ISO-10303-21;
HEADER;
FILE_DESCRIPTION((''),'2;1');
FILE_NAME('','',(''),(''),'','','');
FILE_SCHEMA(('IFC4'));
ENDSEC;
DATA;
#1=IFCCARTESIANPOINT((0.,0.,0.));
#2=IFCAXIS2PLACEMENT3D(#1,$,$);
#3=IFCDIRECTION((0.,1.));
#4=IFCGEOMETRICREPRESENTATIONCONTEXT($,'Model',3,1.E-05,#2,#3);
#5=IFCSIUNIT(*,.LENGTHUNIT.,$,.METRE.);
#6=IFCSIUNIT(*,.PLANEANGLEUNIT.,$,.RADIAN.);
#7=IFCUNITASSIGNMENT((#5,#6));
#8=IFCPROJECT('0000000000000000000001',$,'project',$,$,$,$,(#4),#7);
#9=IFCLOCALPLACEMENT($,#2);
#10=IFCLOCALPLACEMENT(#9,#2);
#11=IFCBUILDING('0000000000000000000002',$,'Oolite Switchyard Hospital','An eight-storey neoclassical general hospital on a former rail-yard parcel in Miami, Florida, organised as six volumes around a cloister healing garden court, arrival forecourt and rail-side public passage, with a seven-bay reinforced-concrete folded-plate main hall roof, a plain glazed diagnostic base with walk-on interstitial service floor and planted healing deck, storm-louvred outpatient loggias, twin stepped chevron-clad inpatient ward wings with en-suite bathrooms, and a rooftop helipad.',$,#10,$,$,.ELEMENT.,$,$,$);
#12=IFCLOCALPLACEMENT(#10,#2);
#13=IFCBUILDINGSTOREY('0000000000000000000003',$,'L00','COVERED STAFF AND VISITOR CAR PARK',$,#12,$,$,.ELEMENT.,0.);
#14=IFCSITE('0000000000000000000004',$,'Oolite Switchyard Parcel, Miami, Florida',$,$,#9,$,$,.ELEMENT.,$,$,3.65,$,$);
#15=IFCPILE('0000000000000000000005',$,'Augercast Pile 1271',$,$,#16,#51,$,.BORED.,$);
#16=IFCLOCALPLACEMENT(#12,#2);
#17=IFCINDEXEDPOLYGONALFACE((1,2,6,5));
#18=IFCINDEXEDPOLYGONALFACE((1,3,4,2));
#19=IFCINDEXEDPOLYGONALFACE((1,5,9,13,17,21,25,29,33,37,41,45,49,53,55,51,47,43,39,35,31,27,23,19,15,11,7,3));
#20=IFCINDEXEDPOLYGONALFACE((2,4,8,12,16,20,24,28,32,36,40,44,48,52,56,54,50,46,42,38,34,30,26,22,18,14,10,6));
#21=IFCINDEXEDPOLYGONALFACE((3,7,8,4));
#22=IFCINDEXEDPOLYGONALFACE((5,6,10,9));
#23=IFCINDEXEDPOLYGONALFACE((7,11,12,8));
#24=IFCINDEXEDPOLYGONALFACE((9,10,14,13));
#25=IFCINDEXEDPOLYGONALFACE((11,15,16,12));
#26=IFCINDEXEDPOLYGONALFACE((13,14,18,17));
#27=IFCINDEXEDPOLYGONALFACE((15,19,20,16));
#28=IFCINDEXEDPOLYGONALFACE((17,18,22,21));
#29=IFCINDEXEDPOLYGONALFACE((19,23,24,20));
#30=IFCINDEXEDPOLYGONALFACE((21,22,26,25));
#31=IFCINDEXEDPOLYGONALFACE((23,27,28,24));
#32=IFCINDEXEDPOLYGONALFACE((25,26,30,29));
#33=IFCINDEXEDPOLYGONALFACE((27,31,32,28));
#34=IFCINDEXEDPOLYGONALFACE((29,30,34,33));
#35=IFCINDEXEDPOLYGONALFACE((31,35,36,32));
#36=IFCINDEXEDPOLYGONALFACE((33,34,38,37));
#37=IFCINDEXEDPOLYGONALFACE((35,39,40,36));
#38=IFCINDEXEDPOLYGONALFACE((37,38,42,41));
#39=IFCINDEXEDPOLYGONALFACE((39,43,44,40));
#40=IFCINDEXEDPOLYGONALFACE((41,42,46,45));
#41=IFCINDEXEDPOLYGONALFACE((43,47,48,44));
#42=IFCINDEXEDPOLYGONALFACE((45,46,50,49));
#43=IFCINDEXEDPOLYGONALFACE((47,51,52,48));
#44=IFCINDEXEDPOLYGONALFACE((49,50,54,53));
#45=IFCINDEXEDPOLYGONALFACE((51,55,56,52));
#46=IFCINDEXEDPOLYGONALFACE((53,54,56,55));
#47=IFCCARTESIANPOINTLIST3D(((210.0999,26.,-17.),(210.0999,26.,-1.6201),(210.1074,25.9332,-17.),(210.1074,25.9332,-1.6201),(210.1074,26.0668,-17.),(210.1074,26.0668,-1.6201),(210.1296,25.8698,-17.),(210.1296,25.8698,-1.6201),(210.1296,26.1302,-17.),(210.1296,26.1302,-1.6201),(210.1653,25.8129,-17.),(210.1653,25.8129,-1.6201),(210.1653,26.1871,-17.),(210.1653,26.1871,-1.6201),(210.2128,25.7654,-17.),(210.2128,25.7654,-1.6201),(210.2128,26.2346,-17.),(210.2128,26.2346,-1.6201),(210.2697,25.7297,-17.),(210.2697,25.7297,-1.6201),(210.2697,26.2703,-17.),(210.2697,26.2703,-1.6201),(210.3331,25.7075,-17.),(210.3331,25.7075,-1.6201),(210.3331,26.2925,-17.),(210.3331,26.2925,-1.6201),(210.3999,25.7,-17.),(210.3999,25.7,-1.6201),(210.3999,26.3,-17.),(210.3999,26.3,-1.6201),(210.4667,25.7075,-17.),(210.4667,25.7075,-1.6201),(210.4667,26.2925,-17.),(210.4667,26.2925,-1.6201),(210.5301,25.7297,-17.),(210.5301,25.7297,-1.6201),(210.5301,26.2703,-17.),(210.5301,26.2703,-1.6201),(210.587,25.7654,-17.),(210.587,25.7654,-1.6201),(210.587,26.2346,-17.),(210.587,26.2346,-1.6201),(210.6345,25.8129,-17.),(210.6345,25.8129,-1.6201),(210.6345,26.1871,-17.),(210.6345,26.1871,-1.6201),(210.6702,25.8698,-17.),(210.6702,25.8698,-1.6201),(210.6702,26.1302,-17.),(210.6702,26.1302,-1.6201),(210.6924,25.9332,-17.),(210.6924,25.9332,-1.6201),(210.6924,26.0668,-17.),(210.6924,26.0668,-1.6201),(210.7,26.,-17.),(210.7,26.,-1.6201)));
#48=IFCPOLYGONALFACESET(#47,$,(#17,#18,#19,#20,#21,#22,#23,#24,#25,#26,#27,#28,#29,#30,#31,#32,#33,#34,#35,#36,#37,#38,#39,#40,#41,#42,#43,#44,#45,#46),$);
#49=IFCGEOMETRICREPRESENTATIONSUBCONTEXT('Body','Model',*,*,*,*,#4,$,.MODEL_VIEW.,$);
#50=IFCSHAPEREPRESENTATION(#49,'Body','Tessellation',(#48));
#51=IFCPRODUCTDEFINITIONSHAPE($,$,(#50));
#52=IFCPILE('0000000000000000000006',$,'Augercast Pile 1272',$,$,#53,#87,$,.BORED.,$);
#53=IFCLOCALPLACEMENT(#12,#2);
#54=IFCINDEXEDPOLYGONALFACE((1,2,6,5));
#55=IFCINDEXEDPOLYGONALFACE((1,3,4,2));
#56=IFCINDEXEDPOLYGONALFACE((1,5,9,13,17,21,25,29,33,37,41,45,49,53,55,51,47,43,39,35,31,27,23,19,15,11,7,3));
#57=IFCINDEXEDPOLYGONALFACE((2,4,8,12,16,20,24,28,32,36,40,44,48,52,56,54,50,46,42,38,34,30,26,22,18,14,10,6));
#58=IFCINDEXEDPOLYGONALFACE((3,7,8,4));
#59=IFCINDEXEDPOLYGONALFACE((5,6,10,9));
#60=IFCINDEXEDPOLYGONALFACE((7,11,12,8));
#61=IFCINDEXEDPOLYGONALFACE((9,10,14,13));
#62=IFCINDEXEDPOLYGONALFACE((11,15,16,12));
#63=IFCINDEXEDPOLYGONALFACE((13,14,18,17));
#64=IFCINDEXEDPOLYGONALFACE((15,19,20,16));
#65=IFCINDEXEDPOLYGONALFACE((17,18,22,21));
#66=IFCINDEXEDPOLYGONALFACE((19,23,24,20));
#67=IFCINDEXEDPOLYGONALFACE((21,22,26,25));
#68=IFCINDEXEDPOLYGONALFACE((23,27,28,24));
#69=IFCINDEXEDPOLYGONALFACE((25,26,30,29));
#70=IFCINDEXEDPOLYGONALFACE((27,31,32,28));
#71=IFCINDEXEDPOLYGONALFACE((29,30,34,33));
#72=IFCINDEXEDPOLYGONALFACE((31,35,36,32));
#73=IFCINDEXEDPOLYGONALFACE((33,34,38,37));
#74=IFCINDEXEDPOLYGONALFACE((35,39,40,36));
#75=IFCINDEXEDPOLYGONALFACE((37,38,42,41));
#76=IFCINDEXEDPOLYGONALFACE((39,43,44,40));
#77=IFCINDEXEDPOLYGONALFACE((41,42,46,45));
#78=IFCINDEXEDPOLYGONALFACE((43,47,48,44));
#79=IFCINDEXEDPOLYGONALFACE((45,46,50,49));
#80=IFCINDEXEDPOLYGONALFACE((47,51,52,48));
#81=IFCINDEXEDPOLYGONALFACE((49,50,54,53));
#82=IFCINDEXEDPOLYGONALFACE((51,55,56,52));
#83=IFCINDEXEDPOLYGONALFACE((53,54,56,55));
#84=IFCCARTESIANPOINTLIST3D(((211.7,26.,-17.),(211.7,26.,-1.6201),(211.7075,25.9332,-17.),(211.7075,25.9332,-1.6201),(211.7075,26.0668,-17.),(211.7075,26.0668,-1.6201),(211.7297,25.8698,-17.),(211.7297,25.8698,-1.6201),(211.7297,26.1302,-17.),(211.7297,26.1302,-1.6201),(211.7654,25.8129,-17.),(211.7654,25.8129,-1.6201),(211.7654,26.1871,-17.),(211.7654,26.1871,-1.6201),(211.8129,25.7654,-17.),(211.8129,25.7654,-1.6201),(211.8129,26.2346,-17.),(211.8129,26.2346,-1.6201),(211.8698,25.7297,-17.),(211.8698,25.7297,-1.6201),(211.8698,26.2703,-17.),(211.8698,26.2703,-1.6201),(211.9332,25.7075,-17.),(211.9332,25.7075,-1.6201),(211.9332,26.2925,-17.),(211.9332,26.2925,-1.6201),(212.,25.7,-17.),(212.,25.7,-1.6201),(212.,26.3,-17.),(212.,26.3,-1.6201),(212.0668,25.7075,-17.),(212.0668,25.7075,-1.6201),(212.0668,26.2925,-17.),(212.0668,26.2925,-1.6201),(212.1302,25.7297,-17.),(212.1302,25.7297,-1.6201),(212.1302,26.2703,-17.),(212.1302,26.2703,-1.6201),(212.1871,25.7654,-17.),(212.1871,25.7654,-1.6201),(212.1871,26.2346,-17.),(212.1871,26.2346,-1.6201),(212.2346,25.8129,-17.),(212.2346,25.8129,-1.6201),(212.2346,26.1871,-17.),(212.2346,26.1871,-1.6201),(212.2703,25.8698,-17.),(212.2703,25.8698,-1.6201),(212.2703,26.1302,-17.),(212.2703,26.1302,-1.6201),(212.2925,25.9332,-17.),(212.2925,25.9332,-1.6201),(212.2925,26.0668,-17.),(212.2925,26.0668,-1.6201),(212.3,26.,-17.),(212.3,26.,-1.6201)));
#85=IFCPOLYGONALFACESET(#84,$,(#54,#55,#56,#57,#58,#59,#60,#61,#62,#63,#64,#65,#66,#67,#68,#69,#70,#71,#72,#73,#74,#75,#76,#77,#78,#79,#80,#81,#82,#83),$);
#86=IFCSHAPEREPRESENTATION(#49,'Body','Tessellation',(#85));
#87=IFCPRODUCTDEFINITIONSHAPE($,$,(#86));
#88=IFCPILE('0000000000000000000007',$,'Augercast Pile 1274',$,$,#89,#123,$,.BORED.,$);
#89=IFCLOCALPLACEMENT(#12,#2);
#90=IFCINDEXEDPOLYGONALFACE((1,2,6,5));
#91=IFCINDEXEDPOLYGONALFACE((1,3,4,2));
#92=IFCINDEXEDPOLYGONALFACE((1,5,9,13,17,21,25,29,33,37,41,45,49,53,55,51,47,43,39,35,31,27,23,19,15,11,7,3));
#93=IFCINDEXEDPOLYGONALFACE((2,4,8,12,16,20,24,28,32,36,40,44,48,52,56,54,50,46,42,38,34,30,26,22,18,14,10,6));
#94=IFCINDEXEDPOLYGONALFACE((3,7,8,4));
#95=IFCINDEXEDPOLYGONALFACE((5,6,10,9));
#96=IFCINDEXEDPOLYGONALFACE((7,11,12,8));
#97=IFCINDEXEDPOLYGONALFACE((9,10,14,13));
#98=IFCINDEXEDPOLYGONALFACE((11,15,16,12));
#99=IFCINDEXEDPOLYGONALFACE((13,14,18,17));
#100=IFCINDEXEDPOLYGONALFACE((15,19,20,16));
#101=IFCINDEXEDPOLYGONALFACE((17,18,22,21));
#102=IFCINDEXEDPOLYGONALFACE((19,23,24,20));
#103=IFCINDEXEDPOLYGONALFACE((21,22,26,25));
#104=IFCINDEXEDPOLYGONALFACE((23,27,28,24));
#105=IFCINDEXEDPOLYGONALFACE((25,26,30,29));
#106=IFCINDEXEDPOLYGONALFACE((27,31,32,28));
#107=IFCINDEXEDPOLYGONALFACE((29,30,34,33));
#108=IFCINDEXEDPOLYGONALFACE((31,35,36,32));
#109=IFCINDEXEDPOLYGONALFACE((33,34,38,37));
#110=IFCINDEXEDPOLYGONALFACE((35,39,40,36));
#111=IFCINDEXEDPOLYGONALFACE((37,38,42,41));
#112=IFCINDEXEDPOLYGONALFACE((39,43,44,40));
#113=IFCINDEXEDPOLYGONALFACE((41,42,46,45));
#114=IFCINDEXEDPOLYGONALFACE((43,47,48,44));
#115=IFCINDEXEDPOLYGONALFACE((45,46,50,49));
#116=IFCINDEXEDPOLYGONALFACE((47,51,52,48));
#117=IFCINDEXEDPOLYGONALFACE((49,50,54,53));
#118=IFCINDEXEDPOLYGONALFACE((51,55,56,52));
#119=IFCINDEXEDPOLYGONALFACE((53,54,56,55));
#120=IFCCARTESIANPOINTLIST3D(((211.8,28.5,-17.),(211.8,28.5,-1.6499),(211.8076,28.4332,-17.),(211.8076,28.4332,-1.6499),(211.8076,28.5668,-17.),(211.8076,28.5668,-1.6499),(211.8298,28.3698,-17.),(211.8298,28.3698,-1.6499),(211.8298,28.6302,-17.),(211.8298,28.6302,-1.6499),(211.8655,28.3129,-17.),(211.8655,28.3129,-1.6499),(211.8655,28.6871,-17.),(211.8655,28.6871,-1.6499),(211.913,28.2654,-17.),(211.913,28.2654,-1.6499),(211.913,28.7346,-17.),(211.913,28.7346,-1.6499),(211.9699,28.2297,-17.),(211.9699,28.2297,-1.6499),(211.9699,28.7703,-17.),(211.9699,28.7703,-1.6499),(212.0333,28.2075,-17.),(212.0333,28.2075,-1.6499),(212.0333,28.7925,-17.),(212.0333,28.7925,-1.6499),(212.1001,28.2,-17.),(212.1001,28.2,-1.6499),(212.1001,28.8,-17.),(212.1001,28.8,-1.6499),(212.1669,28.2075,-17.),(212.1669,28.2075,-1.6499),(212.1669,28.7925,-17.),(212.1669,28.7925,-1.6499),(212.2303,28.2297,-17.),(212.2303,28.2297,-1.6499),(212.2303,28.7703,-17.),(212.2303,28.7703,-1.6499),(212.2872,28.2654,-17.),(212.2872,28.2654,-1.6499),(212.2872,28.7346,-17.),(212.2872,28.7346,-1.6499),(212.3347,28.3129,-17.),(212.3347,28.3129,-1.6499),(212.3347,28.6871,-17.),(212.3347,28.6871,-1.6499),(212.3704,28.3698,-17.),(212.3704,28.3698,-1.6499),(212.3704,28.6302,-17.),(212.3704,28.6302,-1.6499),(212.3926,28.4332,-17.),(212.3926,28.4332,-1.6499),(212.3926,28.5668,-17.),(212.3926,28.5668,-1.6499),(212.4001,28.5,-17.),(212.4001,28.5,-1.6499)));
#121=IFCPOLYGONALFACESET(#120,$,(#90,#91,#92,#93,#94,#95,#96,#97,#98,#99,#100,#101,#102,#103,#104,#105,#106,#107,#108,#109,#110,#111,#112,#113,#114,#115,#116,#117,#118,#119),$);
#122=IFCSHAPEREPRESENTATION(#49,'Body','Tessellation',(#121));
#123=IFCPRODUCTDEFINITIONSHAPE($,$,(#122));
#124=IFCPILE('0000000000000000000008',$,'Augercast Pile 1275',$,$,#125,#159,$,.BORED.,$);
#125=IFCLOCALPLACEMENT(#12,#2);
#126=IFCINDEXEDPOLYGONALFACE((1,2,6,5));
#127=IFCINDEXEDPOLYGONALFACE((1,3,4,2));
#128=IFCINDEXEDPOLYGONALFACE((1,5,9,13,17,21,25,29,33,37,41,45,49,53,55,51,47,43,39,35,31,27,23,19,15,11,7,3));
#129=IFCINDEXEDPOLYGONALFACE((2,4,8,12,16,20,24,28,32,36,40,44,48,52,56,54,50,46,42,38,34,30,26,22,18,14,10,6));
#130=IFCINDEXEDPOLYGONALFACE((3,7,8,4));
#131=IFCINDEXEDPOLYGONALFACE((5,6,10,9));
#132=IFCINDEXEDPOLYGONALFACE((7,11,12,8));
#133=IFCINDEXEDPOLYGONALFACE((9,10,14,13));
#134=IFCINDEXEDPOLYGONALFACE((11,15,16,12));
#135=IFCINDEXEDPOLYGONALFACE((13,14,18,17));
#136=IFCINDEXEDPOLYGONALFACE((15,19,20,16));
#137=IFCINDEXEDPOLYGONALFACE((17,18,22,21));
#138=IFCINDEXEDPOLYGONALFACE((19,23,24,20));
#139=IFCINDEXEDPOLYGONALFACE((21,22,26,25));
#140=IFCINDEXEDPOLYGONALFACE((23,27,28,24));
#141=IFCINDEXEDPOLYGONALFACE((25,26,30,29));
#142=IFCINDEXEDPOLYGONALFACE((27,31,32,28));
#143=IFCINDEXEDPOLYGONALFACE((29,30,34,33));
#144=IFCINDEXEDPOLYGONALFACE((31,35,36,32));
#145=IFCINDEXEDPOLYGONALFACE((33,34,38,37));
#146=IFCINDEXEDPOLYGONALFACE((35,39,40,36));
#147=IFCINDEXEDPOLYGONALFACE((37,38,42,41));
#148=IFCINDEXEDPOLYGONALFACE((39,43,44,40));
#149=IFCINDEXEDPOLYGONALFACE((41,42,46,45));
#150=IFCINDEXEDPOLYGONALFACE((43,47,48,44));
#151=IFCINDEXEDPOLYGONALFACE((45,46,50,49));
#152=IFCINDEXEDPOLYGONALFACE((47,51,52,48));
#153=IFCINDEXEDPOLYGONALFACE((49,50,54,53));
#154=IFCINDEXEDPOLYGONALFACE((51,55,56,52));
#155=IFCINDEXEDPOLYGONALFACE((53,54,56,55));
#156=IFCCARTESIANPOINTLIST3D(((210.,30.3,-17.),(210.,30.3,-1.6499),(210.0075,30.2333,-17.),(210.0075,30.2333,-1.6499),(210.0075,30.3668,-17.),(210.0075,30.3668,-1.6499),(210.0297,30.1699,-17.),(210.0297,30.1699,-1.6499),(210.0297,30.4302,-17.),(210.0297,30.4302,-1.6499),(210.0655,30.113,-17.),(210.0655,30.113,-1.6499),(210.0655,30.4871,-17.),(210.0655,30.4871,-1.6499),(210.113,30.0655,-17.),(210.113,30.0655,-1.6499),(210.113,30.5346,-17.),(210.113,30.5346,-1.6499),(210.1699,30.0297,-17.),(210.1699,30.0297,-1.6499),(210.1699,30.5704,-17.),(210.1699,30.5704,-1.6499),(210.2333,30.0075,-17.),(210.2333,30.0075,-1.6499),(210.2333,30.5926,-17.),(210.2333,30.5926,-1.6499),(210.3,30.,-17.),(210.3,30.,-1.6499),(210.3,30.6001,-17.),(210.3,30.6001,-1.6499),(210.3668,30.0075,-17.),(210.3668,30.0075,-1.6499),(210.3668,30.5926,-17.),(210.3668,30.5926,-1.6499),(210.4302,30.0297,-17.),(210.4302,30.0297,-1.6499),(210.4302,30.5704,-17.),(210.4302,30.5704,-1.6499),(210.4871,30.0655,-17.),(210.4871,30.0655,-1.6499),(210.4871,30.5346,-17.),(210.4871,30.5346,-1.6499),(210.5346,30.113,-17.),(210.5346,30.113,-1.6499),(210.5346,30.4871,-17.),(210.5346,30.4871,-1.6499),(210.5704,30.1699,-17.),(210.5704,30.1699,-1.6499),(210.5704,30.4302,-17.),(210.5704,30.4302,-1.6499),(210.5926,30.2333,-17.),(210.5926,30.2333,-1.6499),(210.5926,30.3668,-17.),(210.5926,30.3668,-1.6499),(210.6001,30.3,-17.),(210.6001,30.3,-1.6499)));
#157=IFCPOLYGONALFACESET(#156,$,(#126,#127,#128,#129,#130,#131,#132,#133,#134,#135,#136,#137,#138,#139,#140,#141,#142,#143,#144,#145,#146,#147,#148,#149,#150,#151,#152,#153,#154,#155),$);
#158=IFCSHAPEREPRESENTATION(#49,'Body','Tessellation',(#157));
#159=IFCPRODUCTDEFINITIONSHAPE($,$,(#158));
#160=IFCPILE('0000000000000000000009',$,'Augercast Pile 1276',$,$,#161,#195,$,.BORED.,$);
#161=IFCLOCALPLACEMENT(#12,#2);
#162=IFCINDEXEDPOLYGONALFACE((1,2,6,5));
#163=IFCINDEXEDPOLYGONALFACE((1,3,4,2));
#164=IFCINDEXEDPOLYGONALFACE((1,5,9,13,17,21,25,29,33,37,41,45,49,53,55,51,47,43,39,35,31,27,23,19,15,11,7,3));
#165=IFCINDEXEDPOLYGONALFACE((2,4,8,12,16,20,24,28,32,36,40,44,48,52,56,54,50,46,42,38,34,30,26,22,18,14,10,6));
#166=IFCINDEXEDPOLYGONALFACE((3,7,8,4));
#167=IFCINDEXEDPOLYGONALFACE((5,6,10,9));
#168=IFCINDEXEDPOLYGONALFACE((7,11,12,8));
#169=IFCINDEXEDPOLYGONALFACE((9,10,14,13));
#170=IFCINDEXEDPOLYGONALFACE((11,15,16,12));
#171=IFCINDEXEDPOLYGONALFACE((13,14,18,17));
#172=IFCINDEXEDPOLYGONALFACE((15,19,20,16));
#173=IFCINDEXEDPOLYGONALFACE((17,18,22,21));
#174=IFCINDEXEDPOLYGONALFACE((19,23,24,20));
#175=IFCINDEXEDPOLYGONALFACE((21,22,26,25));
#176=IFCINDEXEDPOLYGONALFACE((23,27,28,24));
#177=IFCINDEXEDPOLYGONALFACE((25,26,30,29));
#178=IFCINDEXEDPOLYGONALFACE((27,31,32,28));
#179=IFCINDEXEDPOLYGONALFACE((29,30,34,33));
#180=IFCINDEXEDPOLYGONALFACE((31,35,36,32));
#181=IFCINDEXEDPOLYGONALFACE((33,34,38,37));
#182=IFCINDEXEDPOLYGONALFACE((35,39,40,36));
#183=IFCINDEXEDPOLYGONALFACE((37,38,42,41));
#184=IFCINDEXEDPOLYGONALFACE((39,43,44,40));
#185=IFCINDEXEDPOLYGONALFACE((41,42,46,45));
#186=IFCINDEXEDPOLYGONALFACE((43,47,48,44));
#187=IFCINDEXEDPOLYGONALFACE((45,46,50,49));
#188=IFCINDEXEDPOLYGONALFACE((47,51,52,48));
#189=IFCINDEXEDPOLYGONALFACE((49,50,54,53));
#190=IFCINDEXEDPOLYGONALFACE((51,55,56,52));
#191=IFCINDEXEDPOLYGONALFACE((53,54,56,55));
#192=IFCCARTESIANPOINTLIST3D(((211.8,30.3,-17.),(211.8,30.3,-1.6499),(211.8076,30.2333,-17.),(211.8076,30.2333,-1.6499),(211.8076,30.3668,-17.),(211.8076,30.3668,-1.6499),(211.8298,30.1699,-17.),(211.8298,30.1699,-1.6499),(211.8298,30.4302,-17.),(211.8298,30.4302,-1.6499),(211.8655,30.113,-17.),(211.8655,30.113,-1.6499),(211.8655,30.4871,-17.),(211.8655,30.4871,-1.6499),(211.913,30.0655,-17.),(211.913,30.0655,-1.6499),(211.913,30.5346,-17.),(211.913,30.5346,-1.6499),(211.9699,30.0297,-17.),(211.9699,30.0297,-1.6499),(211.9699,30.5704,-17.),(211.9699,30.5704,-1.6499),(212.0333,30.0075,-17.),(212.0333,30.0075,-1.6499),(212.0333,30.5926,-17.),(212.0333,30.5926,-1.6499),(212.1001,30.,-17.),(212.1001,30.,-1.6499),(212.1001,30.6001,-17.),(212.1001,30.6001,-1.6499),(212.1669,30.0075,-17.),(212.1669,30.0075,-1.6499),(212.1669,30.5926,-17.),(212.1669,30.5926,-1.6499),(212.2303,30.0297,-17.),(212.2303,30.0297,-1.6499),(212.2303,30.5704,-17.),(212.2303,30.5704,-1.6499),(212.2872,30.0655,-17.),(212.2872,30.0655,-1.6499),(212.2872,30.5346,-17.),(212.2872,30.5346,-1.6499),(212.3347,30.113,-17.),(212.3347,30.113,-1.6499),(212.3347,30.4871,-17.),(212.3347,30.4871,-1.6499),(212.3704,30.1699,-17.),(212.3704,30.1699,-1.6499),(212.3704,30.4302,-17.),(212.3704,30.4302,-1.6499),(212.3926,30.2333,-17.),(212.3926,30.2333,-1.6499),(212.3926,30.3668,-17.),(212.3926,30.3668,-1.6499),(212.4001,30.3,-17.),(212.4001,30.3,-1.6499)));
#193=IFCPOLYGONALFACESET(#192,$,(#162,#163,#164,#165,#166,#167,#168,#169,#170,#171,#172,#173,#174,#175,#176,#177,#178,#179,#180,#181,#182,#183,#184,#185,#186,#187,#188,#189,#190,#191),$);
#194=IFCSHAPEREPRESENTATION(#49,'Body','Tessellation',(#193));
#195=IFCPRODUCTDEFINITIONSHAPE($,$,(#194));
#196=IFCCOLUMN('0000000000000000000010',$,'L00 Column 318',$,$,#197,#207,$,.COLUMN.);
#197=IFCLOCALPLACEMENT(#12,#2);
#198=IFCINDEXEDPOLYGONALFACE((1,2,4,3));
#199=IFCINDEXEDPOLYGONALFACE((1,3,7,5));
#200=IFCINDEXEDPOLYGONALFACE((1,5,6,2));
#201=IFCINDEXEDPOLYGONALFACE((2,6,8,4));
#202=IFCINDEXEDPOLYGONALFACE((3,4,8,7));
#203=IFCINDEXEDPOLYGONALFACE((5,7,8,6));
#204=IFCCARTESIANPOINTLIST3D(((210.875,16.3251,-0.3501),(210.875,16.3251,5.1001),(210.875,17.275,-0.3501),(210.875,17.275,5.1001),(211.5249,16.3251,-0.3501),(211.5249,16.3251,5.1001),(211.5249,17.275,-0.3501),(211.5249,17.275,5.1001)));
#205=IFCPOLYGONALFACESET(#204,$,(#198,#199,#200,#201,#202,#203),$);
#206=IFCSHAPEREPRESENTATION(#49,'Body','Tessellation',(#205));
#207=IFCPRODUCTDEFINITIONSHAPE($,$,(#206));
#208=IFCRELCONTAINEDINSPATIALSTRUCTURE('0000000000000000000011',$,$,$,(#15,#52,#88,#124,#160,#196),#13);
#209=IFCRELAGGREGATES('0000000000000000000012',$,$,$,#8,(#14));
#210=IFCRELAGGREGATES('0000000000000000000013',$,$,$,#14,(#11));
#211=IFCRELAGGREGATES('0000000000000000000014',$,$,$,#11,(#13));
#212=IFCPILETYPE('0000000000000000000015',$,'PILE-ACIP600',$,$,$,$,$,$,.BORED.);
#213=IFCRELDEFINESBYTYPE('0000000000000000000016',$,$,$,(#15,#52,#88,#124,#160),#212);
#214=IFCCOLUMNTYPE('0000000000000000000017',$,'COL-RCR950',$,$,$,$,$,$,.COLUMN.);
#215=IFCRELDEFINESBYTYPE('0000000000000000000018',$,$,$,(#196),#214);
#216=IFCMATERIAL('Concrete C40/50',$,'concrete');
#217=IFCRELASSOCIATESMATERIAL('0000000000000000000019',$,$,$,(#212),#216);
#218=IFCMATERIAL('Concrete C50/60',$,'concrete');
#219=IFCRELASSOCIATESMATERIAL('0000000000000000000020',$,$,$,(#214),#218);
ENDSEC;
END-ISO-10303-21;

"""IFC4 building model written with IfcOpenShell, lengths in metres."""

from ifc_helpers import new_model, si_unit, direction, frame, origin, origin_2d, place, context, subcontext, project, spatial, rectangle, circle, extrude, material, material_profile, profile_set, type_object, element, save


model = new_model("IFC4")

# Units and contexts
model_context = context("Model", 3, precision=1e-05, world=origin(), true_north=direction((0.0, 1.0)))
body_context = subcontext(model_context, "Body", "Model", "MODEL_VIEW")
ifc_project = project(units=[si_unit("LENGTHUNIT", "METRE"), si_unit("PLANEANGLEUNIT", "RADIAN")], contexts=[model_context])

# Site, building, storey
site_placement = place(None, origin())
site = spatial("IfcSite", under=ifc_project, at=site_placement, Name="Oolite Switchyard Parcel, Miami, Florida", CompositionType="ELEMENT", RefElevation=3.65)
building_placement = place(site_placement, origin())
building = spatial("IfcBuilding", under=site, at=building_placement, Name="Oolite Switchyard Hospital", Description="An eight-storey neoclassical general hospital on a former rail-yard parcel in Miami, Florida, organised as six volumes around a cloister healing garden court, arrival forecourt and rail-side public passage, with a seven-bay reinforced-concrete folded-plate main hall roof, a plain glazed diagnostic base with walk-on interstitial service floor and planted healing deck, storm-louvred outpatient loggias, twin stepped chevron-clad inpatient ward wings with en-suite bathrooms, and a rooftop helipad.", CompositionType="ELEMENT")
storey_placement = place(building_placement, origin())
storey = spatial("IfcBuildingStorey", under=building, at=storey_placement, Name="L00", Description="COVERED STAFF AND VISITOR CAR PARK", CompositionType="ELEMENT", Elevation=0.0)

# Shared definitions
ifc_material_1 = material(Name="Concrete C40/50", Category="concrete")

# Piles
ifc_material_profile_1 = material_profile(ifc_material_1, circle(Radius=0.3, at=origin_2d()), Name="PILE600")
ifc_profile_set_1 = profile_set([ifc_material_profile_1], Name="Concrete C40/50")
pile_type = type_object("IfcPileType", Name="PILE-ACIP600", PredefinedType="BORED", material=ifc_profile_set_1)
for number, where, z_axis, x_axis, name in (
    (1, (210.3999, 26.0, -1.6201), (0.0, 0.0, -1.0), (1.0, 0.0, 0.0), "Augercast Pile 1271"),
    (2, (212.0, 26.0, -1.6201), (0.0, 0.0, -1.0), (1.0, 0.0, 0.0), "Augercast Pile 1272"),
):
    element("IfcPile", number, at=place(storey_placement, frame(where, z_axis=z_axis, x_axis=x_axis)), inside=storey, type_object=pile_type, Name=name, PredefinedType="BORED", context=body_context, shape_type="SweptSolid", body=[
        extrude(circle(Radius=0.3, at=origin_2d()), origin(), (0.0, 0.0, 1.0), 15.3799),
    ])
for number, where, z_axis, x_axis, name in (
    (3, (212.1001, 28.5, -1.6499), (0.0, 0.0, -1.0), (1.0, 0.0, 0.0), "Augercast Pile 1274"),
    (4, (210.3, 30.3, -1.6499), (0.0, 0.0, -1.0), (1.0, 0.0, 0.0), "Augercast Pile 1275"),
    (5, (212.1001, 30.3, -1.6499), (0.0, 0.0, -1.0), (1.0, 0.0, 0.0), "Augercast Pile 1276"),
):
    element("IfcPile", number, at=place(storey_placement, frame(where, z_axis=z_axis, x_axis=x_axis)), inside=storey, type_object=pile_type, Name=name, PredefinedType="BORED", context=body_context, shape_type="SweptSolid", body=[
        extrude(circle(Radius=0.3, at=origin_2d()), origin(), (0.0, 0.0, 1.0), 15.3501),
    ])

# Column
ifc_material_2 = material(Name="Concrete C50/60", Category="concrete")
ifc_material_profile_2 = material_profile(ifc_material_2, rectangle(XDim=0.95, YDim=0.6499, at=origin_2d()), Name="RC950X650")
ifc_profile_set_2 = profile_set([ifc_material_profile_2], Name="Concrete C50/60")
column_type_1 = type_object("IfcColumnType", Name="COL-RCR950", PredefinedType="COLUMN", material=ifc_profile_set_2)
for number, where, z_axis, x_axis, name in (
    (6, (211.2, 16.8, -0.3501), (0.0, 0.0, 1.0), (0.0, 1.0, 0.0), "L00 Column 318"),
):
    element("IfcColumn", number, at=place(storey_placement, frame(where, z_axis=z_axis, x_axis=x_axis)), inside=storey, type_object=column_type_1, Name=name, PredefinedType="COLUMN", context=body_context, shape_type="SweptSolid", body=[
        extrude(rectangle(XDim=0.95, YDim=0.6499, at=origin_2d()), origin(), (0.0, 0.0, 1.0), 5.4502),
    ])

save(model, "model.ifc")
